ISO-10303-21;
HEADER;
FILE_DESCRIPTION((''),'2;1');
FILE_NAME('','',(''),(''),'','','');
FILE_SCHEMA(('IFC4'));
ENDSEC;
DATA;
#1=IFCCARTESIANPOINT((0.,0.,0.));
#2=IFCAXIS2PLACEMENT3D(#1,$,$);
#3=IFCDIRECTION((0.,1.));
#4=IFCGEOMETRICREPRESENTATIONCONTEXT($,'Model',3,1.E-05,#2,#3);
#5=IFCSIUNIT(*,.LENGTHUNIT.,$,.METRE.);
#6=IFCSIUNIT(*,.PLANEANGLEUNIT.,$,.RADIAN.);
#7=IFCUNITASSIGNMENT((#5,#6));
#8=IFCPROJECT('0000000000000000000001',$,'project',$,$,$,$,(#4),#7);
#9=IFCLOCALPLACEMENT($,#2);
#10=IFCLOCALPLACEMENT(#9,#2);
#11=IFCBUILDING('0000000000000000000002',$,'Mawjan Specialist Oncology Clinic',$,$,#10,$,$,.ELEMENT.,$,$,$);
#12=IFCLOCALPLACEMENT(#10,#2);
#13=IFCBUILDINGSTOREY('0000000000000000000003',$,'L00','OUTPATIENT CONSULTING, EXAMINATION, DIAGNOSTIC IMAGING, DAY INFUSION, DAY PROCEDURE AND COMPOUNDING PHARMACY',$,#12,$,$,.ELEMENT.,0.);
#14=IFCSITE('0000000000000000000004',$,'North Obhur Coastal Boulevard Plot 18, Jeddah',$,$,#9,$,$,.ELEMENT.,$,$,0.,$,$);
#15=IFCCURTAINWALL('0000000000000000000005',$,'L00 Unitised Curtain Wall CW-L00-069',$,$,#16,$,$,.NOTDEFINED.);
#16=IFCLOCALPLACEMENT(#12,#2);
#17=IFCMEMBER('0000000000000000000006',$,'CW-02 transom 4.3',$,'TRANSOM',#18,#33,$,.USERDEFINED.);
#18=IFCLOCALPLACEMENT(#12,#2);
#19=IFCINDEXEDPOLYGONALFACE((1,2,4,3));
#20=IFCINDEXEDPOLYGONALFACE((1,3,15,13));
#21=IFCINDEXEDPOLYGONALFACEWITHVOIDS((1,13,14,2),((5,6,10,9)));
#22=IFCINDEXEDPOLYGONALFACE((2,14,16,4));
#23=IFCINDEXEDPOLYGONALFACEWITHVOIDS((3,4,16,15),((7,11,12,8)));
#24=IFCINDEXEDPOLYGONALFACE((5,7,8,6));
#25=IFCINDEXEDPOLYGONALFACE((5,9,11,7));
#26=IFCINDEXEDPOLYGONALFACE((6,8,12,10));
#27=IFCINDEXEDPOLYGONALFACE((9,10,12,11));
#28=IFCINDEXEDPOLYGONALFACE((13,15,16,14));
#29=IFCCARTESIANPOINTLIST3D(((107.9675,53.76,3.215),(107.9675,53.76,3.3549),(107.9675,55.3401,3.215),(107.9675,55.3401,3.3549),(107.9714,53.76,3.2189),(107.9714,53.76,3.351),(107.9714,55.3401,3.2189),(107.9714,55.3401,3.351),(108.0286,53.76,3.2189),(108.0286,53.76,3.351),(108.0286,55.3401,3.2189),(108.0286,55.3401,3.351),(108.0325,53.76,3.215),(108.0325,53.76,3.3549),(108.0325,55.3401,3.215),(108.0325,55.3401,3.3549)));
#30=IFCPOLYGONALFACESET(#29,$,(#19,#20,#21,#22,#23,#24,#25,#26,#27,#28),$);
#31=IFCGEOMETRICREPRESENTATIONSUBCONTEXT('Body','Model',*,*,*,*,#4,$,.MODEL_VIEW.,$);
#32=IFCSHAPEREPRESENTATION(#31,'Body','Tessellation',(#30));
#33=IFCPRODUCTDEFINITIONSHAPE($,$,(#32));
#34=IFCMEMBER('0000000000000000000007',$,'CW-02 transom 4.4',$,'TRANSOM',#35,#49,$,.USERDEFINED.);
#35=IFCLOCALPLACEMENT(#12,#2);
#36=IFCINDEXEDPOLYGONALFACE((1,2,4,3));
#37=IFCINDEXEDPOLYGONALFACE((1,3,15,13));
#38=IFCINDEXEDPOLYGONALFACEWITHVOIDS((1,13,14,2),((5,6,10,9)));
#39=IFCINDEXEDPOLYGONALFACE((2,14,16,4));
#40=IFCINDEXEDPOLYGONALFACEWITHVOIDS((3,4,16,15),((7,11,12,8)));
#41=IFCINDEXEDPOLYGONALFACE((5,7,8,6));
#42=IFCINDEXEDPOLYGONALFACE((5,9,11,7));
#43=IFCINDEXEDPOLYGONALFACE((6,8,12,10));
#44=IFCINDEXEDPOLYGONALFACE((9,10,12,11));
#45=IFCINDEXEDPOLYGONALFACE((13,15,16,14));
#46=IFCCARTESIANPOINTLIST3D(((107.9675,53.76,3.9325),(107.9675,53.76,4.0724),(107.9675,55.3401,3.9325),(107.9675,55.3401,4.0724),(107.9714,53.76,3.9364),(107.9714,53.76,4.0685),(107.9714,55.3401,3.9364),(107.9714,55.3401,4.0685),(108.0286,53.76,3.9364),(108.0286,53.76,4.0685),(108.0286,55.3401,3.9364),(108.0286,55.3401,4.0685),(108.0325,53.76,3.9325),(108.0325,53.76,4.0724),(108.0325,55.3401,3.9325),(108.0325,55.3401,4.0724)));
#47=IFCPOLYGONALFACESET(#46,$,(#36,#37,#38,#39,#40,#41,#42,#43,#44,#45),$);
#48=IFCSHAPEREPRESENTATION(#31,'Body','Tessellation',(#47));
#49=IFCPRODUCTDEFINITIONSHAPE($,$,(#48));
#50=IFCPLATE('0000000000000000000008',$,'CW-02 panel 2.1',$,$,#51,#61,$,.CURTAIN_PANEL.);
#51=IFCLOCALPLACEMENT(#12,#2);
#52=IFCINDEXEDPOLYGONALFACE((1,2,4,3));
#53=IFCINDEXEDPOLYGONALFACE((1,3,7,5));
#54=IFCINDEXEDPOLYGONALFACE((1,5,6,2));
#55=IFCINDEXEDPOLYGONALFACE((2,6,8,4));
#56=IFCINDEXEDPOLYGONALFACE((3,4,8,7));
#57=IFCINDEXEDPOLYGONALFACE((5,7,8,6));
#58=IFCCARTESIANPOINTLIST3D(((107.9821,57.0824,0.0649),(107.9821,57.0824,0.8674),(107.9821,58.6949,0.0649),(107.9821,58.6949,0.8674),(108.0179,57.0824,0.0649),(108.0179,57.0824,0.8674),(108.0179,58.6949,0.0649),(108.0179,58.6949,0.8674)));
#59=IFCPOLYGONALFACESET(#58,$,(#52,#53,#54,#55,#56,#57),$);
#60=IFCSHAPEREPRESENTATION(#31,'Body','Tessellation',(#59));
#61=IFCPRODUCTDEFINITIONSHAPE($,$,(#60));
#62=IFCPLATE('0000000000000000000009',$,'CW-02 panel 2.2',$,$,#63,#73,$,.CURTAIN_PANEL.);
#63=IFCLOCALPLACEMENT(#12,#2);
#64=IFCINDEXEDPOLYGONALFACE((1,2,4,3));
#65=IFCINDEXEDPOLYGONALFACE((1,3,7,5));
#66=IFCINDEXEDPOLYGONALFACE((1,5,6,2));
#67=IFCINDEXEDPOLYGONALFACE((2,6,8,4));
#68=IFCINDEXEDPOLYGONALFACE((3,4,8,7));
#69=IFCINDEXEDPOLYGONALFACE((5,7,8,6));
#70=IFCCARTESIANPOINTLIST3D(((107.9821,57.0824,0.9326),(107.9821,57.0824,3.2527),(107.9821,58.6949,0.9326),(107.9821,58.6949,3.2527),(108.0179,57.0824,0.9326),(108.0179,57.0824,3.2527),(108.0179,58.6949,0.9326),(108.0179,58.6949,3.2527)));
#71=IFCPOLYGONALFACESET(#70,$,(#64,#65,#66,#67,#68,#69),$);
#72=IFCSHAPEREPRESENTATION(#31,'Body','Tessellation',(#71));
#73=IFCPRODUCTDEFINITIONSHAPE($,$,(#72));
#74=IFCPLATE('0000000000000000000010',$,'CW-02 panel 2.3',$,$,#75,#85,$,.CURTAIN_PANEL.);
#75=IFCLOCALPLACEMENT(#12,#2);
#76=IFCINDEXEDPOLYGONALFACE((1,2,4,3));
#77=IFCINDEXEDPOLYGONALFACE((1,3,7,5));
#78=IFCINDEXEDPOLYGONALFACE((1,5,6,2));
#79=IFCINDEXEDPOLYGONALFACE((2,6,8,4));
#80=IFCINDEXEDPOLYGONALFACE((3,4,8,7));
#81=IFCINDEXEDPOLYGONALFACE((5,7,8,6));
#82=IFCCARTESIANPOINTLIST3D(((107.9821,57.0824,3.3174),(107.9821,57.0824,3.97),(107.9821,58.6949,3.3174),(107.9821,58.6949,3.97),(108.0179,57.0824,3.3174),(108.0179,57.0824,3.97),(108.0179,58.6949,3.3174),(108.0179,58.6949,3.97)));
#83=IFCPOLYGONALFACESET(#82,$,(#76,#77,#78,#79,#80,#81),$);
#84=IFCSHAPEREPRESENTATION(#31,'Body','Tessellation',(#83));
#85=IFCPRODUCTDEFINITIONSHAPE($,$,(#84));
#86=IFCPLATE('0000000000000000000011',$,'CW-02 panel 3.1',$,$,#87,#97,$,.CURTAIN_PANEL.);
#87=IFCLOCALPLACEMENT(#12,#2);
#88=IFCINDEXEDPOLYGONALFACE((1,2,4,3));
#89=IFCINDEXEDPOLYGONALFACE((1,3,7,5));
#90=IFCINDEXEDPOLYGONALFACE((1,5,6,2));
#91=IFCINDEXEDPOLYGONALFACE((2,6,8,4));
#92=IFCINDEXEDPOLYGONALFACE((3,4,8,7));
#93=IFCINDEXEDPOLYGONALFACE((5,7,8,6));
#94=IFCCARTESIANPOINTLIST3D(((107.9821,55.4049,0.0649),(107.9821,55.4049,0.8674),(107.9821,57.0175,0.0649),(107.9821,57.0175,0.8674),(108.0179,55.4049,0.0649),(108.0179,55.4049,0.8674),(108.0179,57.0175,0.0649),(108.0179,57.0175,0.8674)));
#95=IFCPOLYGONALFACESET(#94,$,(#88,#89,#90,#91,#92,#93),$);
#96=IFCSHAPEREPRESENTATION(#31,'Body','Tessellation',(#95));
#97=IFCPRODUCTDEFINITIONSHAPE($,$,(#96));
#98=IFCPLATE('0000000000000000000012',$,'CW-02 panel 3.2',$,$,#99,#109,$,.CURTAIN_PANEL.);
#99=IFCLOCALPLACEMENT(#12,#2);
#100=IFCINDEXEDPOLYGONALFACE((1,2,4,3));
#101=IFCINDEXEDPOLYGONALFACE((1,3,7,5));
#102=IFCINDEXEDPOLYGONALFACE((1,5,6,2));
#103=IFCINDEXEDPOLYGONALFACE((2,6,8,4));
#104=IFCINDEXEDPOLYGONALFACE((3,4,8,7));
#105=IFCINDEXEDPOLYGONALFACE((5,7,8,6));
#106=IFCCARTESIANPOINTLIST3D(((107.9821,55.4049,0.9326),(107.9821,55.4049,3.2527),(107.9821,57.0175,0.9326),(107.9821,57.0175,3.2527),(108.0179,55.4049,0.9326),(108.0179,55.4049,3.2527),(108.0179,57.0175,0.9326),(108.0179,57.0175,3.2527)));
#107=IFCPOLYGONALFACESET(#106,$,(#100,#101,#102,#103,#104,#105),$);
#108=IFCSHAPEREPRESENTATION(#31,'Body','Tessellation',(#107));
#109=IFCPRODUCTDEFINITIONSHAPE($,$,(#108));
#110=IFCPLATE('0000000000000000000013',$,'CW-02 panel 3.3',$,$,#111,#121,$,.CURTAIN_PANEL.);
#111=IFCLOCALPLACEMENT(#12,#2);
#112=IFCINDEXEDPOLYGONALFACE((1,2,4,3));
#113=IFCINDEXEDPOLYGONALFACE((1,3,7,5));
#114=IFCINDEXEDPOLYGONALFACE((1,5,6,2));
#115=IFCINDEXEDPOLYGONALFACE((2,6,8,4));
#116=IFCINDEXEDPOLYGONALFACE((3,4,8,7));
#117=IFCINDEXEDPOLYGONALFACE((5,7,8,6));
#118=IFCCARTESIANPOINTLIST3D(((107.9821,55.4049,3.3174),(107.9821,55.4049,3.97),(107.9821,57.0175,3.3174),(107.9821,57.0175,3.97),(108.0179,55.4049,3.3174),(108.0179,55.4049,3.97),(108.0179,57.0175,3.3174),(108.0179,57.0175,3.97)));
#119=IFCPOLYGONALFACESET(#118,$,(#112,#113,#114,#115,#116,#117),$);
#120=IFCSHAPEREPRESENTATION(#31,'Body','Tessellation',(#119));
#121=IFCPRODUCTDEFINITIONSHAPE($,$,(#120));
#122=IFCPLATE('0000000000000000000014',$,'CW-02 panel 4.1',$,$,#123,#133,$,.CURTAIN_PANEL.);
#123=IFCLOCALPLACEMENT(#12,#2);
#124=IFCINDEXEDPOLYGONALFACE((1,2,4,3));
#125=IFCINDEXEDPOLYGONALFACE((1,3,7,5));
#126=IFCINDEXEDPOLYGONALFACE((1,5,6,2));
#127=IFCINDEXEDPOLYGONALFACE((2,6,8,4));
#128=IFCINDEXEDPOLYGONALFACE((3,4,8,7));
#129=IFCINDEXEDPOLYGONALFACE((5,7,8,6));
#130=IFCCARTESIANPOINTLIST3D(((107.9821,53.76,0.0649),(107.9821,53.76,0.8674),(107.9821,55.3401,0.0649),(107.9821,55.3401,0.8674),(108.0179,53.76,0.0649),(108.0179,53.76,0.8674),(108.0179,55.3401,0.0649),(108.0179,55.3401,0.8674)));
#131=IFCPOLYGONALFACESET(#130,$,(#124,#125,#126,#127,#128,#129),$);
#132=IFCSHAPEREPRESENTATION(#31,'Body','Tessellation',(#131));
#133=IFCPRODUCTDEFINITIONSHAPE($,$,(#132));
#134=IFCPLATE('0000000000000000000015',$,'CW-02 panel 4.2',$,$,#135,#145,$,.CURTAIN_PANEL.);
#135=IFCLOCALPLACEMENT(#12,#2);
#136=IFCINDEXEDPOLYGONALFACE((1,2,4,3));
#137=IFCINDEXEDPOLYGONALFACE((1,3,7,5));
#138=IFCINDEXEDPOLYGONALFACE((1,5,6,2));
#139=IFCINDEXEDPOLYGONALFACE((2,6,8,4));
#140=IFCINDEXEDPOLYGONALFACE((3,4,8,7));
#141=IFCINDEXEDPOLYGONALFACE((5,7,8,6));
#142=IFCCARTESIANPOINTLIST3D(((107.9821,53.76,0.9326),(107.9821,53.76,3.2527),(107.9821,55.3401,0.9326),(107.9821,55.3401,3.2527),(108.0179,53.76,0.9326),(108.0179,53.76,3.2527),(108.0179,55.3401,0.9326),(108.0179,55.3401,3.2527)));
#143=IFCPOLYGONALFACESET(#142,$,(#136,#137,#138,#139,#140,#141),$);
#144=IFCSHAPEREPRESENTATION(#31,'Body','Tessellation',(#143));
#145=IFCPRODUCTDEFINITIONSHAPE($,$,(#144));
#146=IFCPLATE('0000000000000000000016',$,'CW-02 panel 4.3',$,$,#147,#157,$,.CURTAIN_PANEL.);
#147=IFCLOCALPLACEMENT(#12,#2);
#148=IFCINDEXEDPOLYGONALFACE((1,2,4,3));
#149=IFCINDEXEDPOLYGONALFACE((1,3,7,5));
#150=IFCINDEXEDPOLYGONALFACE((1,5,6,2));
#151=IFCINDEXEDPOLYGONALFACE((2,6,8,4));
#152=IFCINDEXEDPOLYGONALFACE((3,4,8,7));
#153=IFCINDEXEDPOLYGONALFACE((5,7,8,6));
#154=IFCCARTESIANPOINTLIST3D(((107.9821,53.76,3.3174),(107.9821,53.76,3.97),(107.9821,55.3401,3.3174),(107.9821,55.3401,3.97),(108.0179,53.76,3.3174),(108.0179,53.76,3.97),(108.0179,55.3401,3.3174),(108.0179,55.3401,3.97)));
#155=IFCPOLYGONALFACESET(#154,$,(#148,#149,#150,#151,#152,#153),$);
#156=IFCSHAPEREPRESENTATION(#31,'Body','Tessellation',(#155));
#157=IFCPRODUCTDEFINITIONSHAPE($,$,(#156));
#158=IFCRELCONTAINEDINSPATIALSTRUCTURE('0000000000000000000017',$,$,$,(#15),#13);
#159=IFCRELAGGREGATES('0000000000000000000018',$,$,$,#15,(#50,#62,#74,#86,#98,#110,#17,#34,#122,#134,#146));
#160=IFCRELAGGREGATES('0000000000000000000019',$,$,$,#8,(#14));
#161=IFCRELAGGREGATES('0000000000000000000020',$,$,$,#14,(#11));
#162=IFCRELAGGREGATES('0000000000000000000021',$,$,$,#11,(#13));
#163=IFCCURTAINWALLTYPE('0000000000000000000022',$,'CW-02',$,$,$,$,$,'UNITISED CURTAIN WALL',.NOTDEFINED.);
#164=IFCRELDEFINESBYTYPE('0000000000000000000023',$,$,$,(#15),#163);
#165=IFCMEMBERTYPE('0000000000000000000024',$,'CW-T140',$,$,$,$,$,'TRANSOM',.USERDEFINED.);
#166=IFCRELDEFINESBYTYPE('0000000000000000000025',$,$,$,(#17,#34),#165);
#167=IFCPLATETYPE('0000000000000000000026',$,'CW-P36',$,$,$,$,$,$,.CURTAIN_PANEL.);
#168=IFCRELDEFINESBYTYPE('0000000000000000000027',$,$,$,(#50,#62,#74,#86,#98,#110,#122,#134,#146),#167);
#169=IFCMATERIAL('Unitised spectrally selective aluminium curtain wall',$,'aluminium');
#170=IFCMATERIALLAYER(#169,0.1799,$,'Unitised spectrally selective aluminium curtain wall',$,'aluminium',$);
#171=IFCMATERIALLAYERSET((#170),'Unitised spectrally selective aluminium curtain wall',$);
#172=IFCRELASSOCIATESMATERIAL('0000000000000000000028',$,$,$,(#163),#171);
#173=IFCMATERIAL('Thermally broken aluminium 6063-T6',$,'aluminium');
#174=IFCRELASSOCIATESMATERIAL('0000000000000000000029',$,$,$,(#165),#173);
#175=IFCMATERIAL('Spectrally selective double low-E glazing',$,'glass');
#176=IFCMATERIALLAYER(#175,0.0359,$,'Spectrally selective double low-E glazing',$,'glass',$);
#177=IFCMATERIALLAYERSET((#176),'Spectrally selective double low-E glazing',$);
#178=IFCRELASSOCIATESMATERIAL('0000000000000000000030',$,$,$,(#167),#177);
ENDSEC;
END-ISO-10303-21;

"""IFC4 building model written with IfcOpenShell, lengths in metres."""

from ifc_helpers import new_model, si_unit, direction, frame, origin, origin_2d, place, context, subcontext, project, spatial, rectangle, hollow_rectangle, extrude, material, layer, layer_set, material_profile, profile_set, type_object, element, aggregate, save


model = new_model("IFC4")

# Units and contexts
model_context = context("Model", 3, precision=1e-05, world=origin(), true_north=direction((0.0, 1.0)))
body_context = subcontext(model_context, "Body", "Model", "MODEL_VIEW")
ifc_project = project(units=[si_unit("LENGTHUNIT", "METRE"), si_unit("PLANEANGLEUNIT", "RADIAN")], contexts=[model_context])

# Site, building, storey
site_placement = place(None, origin())
site = spatial("IfcSite", under=ifc_project, at=site_placement, Name="North Obhur Coastal Boulevard Plot 18, Jeddah", CompositionType="ELEMENT", RefElevation=0.0)
building_placement = place(site_placement, origin())
building = spatial("IfcBuilding", under=site, at=building_placement, Name="Mawjan Specialist Oncology Clinic", CompositionType="ELEMENT")
storey_placement = place(building_placement, origin())
storey = spatial("IfcBuildingStorey", under=building, at=storey_placement, Name="L00", Description="OUTPATIENT CONSULTING, EXAMINATION, DIAGNOSTIC IMAGING, DAY INFUSION, DAY PROCEDURE AND COMPOUNDING PHARMACY", CompositionType="ELEMENT", Elevation=0.0)

# Curtain wall, members, plates
ifc_material_1 = material(Name="Unitised spectrally selective aluminium curtain wall", Category="aluminium")
ifc_layer_1 = layer(ifc_material_1, 0.1799, Name="Unitised spectrally selective aluminium curtain wall", Category="aluminium")
ifc_layer_set_1 = layer_set([ifc_layer_1], Name="Unitised spectrally selective aluminium curtain wall")
curtain_wall_type = type_object("IfcCurtainWallType", Name="CW-02", ElementType="UNITISED CURTAIN WALL", PredefinedType="NOTDEFINED", material=ifc_layer_set_1)
curtain_wall_placement = place(storey_placement, origin())
curtain_wall = element("IfcCurtainWall", 1, at=curtain_wall_placement, inside=storey, type_object=curtain_wall_type, Name="L00 Unitised Curtain Wall CW-L00-069", PredefinedType="NOTDEFINED")
ifc_material_2 = material(Name="Thermally broken aluminium 6063-T6", Category="aluminium")
ifc_material_profile_1 = material_profile(ifc_material_2, hollow_rectangle(XDim=0.0649, YDim=0.1399, WallThickness=0.0039, at=origin_2d()), Name="ALU TRANSOM 140x65x4", Category="aluminium")
ifc_profile_set_1 = profile_set([ifc_material_profile_1], Name="Thermally broken aluminium 6063-T6")
member_type_1 = type_object("IfcMemberType", Name="CW-T140", ElementType="TRANSOM", PredefinedType="USERDEFINED", material=ifc_profile_set_1)
member_1_placement = place(storey_placement, frame((108.0, 55.3401, 3.2849), z_axis=(0.0, -1.0, 0.0), x_axis=(1.0, 0.0, 0.0)))
member_1 = element("IfcMember", 2, at=member_1_placement, type_object=member_type_1, Name="CW-02 transom 4.3", ObjectType="TRANSOM", PredefinedType="USERDEFINED", context=body_context, shape_type="SweptSolid", body=[
    extrude(hollow_rectangle(XDim=0.0649, YDim=0.1399, WallThickness=0.0039, at=origin_2d()), origin(), (0.0, 0.0, 1.0), 1.5801),
])
member_2_placement = place(storey_placement, frame((108.0, 55.3401, 4.0024), z_axis=(0.0, -1.0, 0.0), x_axis=(1.0, 0.0, 0.0)))
member_2 = element("IfcMember", 3, at=member_2_placement, type_object=member_type_1, Name="CW-02 transom 4.4", ObjectType="TRANSOM", PredefinedType="USERDEFINED", context=body_context, shape_type="SweptSolid", body=[
    extrude(hollow_rectangle(XDim=0.0649, YDim=0.1399, WallThickness=0.0039, at=origin_2d()), origin(), (0.0, 0.0, 1.0), 1.5801),
])
ifc_material_3 = material(Name="Spectrally selective double low-E glazing", Category="glass")
ifc_layer_2 = layer(ifc_material_3, 0.0359, Name="Spectrally selective double low-E glazing", Category="glass")
ifc_layer_set_2 = layer_set([ifc_layer_2], Name="Spectrally selective double low-E glazing")
plate_type = type_object("IfcPlateType", Name="CW-P36", PredefinedType="CURTAIN_PANEL", material=ifc_layer_set_2)
plate_1_placement = place(storey_placement, frame((108.0, 57.8887, 0.0649), z_axis=(0.0, 0.0, 1.0), x_axis=(0.0, -1.0, 0.0)))
plate_1 = element("IfcPlate", 4, at=plate_1_placement, type_object=plate_type, Name="CW-02 panel 2.1", PredefinedType="CURTAIN_PANEL", context=body_context, shape_type="SweptSolid", body=[
    extrude(rectangle(XDim=1.6125, YDim=0.0359, at=origin_2d()), origin(), (0.0, 0.0, 1.0), 0.8025),
])
plate_2_placement = place(storey_placement, frame((108.0, 57.8887, 0.9326), z_axis=(0.0, 0.0, 1.0), x_axis=(0.0, -1.0, 0.0)))
plate_2 = element("IfcPlate", 5, at=plate_2_placement, type_object=plate_type, Name="CW-02 panel 2.2", PredefinedType="CURTAIN_PANEL", context=body_context, shape_type="SweptSolid", body=[
    extrude(rectangle(XDim=1.6125, YDim=0.0359, at=origin_2d()), origin(), (0.0, 0.0, 1.0), 2.3201),
])
plate_3_placement = place(storey_placement, frame((108.0, 57.8887, 3.3174), z_axis=(0.0, 0.0, 1.0), x_axis=(0.0, -1.0, 0.0)))
plate_3 = element("IfcPlate", 6, at=plate_3_placement, type_object=plate_type, Name="CW-02 panel 2.3", PredefinedType="CURTAIN_PANEL", context=body_context, shape_type="SweptSolid", body=[
    extrude(rectangle(XDim=1.6125, YDim=0.0359, at=origin_2d()), origin(), (0.0, 0.0, 1.0), 0.6526),
])
plate_4_placement = place(storey_placement, frame((108.0, 56.2112, 0.0649), z_axis=(0.0, 0.0, 1.0), x_axis=(0.0, -1.0, 0.0)))
plate_4 = element("IfcPlate", 7, at=plate_4_placement, type_object=plate_type, Name="CW-02 panel 3.1", PredefinedType="CURTAIN_PANEL", context=body_context, shape_type="SweptSolid", body=[
    extrude(rectangle(XDim=1.6125, YDim=0.0359, at=origin_2d()), origin(), (0.0, 0.0, 1.0), 0.8025),
])
plate_5_placement = place(storey_placement, frame((108.0, 56.2112, 0.9326), z_axis=(0.0, 0.0, 1.0), x_axis=(0.0, -1.0, 0.0)))
plate_5 = element("IfcPlate", 8, at=plate_5_placement, type_object=plate_type, Name="CW-02 panel 3.2", PredefinedType="CURTAIN_PANEL", context=body_context, shape_type="SweptSolid", body=[
    extrude(rectangle(XDim=1.6125, YDim=0.0359, at=origin_2d()), origin(), (0.0, 0.0, 1.0), 2.3201),
])
plate_6_placement = place(storey_placement, frame((108.0, 56.2112, 3.3174), z_axis=(0.0, 0.0, 1.0), x_axis=(0.0, -1.0, 0.0)))
plate_6 = element("IfcPlate", 9, at=plate_6_placement, type_object=plate_type, Name="CW-02 panel 3.3", PredefinedType="CURTAIN_PANEL", context=body_context, shape_type="SweptSolid", body=[
    extrude(rectangle(XDim=1.6125, YDim=0.0359, at=origin_2d()), origin(), (0.0, 0.0, 1.0), 0.6526),
])
plate_7_placement = place(storey_placement, frame((108.0, 54.55, 0.0649), z_axis=(0.0, 0.0, 1.0), x_axis=(0.0, -1.0, 0.0)))
plate_7 = element("IfcPlate", 10, at=plate_7_placement, type_object=plate_type, Name="CW-02 panel 4.1", PredefinedType="CURTAIN_PANEL", context=body_context, shape_type="SweptSolid", body=[
    extrude(rectangle(XDim=1.5801, YDim=0.0359, at=origin_2d()), origin(), (0.0, 0.0, 1.0), 0.8025),
])
plate_8_placement = place(storey_placement, frame((108.0, 54.55, 0.9326), z_axis=(0.0, 0.0, 1.0), x_axis=(0.0, -1.0, 0.0)))
plate_8 = element("IfcPlate", 11, at=plate_8_placement, type_object=plate_type, Name="CW-02 panel 4.2", PredefinedType="CURTAIN_PANEL", context=body_context, shape_type="SweptSolid", body=[
    extrude(rectangle(XDim=1.5801, YDim=0.0359, at=origin_2d()), origin(), (0.0, 0.0, 1.0), 2.3201),
])
plate_9_placement = place(storey_placement, frame((108.0, 54.55, 3.3174), z_axis=(0.0, 0.0, 1.0), x_axis=(0.0, -1.0, 0.0)))
plate_9 = element("IfcPlate", 12, at=plate_9_placement, type_object=plate_type, Name="CW-02 panel 4.3", PredefinedType="CURTAIN_PANEL", context=body_context, shape_type="SweptSolid", body=[
    extrude(rectangle(XDim=1.5801, YDim=0.0359, at=origin_2d()), origin(), (0.0, 0.0, 1.0), 0.6526),
])
aggregate(curtain_wall, [plate_1, plate_2, plate_3, plate_4, plate_5, plate_6, member_1, member_2, plate_7, plate_8, plate_9])

save(model, "model.ifc")
